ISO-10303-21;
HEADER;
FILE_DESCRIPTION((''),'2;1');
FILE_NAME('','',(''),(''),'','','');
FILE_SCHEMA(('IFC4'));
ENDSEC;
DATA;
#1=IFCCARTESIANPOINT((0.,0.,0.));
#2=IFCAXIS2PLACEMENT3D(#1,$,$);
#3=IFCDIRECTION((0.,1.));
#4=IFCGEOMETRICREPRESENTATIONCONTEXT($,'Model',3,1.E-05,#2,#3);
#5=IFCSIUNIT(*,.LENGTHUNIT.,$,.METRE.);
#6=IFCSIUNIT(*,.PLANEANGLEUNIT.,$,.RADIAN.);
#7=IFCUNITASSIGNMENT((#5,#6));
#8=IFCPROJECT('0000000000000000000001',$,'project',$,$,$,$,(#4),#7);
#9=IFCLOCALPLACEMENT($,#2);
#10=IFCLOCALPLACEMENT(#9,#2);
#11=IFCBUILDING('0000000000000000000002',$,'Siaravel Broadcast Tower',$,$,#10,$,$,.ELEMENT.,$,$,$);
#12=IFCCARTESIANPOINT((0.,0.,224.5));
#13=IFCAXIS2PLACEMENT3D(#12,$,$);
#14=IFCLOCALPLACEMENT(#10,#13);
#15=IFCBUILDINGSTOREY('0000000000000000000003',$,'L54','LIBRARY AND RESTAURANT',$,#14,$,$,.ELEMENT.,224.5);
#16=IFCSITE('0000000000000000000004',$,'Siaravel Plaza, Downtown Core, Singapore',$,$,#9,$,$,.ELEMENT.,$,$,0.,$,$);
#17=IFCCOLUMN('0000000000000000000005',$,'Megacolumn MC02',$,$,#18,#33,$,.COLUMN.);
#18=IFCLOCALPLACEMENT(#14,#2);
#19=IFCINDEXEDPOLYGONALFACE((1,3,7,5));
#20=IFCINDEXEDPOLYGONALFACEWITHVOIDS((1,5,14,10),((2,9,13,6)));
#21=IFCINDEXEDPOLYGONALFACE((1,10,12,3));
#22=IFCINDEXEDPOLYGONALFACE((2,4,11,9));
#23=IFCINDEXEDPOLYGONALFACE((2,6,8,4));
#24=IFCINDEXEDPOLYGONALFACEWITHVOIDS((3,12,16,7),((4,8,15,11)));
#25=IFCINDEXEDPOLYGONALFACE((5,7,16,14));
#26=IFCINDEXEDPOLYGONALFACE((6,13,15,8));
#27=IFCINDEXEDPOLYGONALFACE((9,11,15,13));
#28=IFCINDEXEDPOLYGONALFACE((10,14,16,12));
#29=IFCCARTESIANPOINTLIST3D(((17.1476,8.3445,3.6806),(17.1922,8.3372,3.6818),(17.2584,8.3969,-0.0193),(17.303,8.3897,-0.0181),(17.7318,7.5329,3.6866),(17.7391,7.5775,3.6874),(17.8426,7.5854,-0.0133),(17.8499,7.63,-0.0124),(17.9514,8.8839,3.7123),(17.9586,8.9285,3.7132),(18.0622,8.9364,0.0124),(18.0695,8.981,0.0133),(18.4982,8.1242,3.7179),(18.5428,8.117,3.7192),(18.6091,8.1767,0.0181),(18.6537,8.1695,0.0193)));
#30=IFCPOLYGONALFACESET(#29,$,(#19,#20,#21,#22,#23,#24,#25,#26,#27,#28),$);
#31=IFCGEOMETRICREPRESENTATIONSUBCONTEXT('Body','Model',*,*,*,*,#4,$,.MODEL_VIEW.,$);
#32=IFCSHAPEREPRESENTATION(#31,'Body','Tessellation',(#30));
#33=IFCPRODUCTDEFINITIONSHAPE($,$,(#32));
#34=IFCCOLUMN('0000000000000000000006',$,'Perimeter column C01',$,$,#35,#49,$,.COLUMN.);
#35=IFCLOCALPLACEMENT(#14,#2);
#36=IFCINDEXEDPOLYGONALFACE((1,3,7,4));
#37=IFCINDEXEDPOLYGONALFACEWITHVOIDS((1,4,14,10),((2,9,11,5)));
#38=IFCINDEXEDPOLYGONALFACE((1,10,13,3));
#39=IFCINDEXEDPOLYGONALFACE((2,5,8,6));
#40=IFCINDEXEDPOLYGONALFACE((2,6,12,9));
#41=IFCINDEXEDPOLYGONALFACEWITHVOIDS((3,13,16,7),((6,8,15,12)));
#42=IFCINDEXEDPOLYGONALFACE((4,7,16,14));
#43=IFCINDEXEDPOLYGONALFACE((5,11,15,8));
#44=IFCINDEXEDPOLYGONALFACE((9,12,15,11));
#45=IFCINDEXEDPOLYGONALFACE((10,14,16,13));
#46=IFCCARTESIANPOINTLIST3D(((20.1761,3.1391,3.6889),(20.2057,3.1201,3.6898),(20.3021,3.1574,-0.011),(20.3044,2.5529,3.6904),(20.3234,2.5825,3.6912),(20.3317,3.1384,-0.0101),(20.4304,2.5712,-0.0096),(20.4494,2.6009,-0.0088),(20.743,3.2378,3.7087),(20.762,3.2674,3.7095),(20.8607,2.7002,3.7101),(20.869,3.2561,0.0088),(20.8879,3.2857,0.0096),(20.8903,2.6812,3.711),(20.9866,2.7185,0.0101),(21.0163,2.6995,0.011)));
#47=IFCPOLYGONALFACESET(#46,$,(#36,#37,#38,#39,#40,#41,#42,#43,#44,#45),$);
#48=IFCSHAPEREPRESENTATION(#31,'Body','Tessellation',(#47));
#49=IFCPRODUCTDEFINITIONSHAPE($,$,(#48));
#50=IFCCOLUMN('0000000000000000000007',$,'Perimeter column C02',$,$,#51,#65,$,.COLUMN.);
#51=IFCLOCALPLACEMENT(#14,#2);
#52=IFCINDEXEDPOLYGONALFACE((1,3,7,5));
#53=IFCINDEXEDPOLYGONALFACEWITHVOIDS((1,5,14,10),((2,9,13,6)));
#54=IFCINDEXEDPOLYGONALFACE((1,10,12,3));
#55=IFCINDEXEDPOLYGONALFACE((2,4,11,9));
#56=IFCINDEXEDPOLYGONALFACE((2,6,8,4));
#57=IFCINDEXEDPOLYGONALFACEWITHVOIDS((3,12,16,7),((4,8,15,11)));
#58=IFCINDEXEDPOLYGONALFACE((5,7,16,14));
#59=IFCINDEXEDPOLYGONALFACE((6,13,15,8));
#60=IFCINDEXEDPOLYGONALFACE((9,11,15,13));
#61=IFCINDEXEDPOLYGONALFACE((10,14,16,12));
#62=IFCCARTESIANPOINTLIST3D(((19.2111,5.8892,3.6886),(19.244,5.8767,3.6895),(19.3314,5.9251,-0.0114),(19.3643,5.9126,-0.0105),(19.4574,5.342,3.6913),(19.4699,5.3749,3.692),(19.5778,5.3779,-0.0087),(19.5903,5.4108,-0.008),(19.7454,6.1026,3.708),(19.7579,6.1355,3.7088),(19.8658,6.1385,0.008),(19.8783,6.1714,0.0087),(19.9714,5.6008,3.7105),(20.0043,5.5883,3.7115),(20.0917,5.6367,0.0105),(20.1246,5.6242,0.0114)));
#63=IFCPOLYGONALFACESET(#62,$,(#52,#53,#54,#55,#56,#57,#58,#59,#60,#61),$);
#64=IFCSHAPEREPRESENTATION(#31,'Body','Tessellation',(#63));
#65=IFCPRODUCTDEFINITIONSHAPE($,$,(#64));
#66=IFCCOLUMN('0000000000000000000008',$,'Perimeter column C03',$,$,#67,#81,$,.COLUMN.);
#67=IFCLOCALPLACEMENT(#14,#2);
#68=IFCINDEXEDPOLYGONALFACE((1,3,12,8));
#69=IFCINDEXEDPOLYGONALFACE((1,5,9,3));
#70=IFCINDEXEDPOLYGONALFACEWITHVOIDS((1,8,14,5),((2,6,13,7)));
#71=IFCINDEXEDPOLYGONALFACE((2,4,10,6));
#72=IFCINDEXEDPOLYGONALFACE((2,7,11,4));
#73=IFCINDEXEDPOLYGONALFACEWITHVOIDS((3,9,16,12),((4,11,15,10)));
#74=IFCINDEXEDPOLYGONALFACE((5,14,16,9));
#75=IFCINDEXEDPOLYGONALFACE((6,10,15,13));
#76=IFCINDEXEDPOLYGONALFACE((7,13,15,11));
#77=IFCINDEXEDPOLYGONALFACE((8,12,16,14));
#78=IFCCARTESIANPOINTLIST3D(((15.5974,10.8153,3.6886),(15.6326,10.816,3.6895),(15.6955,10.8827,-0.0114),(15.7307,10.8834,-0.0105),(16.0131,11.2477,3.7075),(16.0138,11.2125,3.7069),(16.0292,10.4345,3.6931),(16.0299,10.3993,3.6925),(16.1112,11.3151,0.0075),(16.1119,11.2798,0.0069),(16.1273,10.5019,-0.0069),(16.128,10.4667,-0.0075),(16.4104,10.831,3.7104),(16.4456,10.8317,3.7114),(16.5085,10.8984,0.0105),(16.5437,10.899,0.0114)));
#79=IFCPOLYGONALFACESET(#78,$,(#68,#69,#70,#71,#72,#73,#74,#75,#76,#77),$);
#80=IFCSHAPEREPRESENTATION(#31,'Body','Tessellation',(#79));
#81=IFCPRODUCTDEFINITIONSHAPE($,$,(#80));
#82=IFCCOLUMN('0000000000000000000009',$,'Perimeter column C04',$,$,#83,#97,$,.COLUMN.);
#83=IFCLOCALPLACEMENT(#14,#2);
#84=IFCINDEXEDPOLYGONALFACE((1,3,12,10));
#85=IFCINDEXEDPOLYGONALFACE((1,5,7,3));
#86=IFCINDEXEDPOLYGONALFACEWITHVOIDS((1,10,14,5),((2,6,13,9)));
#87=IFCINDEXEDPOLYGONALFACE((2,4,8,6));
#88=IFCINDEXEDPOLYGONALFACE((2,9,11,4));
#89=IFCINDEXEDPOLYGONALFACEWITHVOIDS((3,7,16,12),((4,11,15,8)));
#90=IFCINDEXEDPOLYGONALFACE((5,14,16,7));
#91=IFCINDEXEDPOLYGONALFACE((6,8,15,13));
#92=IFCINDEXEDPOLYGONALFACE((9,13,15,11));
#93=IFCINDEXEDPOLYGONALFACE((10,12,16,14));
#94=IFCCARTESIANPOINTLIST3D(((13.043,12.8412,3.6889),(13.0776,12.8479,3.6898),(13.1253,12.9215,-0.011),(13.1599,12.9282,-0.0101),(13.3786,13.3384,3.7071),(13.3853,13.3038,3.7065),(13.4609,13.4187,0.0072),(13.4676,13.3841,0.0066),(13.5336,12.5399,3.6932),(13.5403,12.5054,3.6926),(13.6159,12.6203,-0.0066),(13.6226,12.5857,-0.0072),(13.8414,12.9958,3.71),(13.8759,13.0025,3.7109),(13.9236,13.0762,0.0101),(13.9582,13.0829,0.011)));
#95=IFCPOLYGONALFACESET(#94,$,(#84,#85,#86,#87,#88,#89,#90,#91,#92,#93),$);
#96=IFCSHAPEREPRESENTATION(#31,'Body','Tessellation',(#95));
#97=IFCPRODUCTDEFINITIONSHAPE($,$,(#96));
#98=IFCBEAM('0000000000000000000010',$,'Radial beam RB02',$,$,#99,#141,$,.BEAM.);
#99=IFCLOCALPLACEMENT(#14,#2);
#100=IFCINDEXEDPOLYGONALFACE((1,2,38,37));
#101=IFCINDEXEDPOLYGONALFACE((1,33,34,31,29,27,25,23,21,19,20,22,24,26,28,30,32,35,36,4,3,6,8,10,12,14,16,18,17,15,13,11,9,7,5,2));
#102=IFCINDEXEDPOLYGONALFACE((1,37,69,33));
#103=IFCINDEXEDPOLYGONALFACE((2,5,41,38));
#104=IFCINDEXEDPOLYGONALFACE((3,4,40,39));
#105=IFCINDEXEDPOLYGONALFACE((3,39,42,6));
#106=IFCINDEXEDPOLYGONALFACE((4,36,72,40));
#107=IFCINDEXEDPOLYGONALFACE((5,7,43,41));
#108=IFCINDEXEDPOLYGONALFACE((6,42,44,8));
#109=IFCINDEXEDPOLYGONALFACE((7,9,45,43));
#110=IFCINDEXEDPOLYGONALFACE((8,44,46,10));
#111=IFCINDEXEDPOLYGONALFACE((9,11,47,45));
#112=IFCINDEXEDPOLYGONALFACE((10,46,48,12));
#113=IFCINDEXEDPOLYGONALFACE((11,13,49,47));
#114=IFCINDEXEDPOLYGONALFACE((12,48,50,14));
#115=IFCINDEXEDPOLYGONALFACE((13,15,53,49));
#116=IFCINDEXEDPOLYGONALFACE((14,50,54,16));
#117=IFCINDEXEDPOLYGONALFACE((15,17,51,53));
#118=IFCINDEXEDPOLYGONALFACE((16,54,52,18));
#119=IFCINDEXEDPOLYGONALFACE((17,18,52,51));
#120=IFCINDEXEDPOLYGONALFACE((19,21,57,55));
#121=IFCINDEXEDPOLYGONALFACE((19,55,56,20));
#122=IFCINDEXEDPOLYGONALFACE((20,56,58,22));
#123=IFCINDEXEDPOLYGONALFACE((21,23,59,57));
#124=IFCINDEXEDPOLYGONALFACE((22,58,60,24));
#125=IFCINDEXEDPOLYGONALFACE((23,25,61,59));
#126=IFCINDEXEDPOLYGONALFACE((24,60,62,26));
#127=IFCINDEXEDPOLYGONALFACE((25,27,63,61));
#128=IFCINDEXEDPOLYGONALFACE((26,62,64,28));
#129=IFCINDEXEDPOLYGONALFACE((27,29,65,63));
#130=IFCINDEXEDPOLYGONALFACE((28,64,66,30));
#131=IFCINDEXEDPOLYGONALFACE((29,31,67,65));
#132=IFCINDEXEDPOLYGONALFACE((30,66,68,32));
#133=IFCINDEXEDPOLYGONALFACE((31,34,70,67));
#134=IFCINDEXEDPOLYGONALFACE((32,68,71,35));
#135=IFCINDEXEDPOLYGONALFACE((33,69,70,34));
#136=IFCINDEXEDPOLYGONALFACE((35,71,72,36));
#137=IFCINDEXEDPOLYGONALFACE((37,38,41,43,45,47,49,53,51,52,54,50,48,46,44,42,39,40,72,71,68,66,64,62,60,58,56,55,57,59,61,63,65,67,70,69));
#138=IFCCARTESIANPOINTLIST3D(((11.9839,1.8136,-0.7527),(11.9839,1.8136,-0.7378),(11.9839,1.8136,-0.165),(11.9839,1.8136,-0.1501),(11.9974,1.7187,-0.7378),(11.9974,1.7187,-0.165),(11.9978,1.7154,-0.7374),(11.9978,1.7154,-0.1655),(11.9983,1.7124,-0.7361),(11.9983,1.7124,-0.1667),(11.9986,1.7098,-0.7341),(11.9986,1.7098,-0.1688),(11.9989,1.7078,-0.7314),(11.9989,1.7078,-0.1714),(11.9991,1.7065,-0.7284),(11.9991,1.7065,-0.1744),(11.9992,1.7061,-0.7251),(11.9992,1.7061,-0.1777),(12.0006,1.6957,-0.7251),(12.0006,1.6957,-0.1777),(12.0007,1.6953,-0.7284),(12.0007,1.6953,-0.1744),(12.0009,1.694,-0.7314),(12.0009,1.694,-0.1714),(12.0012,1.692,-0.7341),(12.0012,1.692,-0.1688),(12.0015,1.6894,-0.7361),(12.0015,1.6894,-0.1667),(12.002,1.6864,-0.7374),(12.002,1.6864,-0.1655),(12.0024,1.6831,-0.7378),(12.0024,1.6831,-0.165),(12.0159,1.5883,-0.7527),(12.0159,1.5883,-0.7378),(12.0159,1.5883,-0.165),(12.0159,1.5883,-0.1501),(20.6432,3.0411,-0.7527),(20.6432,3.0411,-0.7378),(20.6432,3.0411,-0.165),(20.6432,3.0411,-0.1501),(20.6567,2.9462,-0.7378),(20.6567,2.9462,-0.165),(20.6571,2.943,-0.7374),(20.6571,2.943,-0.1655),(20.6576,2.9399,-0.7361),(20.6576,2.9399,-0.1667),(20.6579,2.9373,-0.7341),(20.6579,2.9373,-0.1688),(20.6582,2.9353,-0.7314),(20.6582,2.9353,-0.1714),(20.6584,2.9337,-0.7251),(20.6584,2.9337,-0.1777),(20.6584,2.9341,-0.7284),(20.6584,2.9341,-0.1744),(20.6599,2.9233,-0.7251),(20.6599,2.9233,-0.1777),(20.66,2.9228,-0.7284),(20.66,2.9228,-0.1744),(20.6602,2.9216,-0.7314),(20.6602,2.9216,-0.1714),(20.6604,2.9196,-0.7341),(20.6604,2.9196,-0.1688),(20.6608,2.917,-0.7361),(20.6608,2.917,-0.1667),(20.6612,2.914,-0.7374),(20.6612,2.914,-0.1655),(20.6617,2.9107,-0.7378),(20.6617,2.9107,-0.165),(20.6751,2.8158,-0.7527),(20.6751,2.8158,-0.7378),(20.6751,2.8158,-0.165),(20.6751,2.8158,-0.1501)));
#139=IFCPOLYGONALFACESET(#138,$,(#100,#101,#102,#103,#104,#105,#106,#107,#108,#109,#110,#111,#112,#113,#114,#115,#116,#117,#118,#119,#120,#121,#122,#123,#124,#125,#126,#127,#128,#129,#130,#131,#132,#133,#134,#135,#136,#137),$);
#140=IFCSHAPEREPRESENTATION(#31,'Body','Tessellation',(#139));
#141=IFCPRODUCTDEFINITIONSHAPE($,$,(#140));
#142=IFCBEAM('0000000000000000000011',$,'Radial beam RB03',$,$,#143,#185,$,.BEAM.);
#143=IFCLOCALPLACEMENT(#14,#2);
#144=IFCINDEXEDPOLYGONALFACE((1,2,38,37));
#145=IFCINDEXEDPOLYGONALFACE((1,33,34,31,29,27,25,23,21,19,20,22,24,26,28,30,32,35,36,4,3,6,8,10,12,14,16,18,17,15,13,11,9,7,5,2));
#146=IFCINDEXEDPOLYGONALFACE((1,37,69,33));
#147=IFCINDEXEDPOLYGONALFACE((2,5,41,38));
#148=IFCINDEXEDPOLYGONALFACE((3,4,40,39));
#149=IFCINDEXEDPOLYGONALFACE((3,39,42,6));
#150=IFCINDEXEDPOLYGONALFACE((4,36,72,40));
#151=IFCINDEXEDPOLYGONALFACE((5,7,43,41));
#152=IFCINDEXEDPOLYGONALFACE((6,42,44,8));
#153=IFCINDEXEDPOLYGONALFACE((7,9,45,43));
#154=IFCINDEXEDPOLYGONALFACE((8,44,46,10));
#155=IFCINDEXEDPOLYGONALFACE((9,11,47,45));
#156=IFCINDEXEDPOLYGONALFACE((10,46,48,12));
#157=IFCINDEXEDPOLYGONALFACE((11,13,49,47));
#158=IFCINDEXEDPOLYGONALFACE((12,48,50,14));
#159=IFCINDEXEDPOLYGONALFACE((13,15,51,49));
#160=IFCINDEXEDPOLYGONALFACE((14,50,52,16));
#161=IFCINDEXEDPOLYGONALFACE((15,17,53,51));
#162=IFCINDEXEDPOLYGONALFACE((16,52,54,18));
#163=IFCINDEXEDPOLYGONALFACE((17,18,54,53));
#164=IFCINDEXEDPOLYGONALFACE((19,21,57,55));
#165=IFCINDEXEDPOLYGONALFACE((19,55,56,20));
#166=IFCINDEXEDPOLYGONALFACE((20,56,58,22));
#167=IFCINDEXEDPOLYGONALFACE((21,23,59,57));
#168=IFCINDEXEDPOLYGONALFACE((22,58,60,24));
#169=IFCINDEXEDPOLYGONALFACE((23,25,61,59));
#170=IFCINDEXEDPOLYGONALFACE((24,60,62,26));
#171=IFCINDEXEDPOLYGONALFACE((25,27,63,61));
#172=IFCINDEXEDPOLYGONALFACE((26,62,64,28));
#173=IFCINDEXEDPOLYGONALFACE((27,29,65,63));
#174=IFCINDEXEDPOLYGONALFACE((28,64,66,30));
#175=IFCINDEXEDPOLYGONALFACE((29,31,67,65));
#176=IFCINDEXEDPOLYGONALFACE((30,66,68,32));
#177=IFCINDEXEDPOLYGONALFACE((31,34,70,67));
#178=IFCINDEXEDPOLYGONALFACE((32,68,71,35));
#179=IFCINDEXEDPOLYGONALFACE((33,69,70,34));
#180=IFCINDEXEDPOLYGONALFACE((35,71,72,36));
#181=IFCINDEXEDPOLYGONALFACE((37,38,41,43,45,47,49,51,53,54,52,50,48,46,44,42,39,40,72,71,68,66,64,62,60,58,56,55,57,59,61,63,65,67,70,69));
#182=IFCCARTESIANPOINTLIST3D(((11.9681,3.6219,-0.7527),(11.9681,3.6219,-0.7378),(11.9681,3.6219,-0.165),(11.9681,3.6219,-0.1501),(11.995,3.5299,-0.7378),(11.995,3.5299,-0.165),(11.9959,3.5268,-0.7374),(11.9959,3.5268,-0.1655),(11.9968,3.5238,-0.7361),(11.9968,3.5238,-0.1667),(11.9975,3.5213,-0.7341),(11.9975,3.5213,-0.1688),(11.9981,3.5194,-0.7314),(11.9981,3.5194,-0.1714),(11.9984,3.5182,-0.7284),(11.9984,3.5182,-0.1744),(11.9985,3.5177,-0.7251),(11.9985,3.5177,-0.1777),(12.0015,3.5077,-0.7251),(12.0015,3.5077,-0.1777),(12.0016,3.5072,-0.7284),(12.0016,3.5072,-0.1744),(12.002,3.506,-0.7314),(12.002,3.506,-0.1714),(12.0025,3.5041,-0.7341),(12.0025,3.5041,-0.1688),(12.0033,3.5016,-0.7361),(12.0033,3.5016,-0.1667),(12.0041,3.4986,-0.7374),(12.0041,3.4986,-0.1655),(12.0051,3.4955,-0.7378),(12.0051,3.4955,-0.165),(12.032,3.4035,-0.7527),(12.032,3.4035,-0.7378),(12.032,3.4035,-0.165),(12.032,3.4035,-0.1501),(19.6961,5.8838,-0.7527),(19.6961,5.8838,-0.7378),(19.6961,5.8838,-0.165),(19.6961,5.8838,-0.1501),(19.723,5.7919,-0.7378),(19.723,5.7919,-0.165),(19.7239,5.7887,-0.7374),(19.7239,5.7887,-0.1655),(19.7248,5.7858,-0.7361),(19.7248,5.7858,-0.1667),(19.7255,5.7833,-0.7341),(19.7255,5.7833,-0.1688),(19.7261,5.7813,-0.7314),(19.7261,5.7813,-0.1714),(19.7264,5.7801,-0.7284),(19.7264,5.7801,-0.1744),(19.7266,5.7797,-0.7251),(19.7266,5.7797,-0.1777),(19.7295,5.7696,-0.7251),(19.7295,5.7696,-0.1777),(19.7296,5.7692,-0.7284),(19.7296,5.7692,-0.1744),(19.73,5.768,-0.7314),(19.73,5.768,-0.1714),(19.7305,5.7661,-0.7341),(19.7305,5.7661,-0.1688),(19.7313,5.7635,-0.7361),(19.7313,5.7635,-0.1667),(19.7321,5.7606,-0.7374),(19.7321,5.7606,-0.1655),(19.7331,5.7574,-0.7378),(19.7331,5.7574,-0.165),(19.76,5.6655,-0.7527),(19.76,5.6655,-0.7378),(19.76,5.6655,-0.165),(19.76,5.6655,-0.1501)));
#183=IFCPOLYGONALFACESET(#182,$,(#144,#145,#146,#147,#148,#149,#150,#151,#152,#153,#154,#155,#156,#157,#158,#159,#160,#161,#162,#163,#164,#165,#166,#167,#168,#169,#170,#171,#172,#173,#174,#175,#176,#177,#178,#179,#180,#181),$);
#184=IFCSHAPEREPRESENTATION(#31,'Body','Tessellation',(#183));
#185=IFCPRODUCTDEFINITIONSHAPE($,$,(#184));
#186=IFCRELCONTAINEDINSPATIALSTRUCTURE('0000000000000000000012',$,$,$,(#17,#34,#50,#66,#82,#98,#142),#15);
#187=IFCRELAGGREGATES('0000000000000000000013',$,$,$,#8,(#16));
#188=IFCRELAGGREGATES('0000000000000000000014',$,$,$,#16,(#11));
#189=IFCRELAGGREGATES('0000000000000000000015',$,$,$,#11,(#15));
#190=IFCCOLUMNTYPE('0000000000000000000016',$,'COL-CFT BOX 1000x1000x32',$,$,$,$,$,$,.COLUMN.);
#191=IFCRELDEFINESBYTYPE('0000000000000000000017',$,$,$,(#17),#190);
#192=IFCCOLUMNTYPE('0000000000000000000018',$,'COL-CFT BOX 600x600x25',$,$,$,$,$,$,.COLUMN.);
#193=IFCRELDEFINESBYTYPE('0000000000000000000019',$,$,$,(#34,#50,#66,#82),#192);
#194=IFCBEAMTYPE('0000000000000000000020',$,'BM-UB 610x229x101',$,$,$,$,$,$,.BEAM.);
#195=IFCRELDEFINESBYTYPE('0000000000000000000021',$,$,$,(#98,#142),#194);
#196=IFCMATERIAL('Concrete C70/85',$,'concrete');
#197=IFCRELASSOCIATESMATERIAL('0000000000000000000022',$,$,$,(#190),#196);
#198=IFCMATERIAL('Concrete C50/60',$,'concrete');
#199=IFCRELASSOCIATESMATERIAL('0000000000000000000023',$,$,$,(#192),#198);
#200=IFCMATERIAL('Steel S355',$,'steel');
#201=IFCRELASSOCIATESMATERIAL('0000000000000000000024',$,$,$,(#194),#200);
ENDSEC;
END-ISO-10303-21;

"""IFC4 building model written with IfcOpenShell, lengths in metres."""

from ifc_helpers import new_model, si_unit, direction, frame, origin, origin_2d, place, context, subcontext, project, spatial, hollow_rectangle, i_section, extrude, material, material_profile, profile_set, type_object, element, save


model = new_model("IFC4")

# Units and contexts
model_context = context("Model", 3, precision=1e-05, world=origin(), true_north=direction((0.0, 1.0)))
body_context = subcontext(model_context, "Body", "Model", "MODEL_VIEW")
ifc_project = project(units=[si_unit("LENGTHUNIT", "METRE"), si_unit("PLANEANGLEUNIT", "RADIAN")], contexts=[model_context])

# Site, building, storey
site_placement = place(None, origin())
site = spatial("IfcSite", under=ifc_project, at=site_placement, Name="Siaravel Plaza, Downtown Core, Singapore", CompositionType="ELEMENT", RefElevation=0.0)
building_placement = place(site_placement, origin())
building = spatial("IfcBuilding", under=site, at=building_placement, Name="Siaravel Broadcast Tower", CompositionType="ELEMENT")
storey_placement = place(building_placement, frame((0.0, 0.0, 224.5)))
storey = spatial("IfcBuildingStorey", under=building, at=storey_placement, Name="L54", Description="LIBRARY AND RESTAURANT", CompositionType="ELEMENT", Elevation=224.5)

# Columns
ifc_material_1 = material(Name="Concrete C70/85", Category="concrete")
ifc_material_profile_1 = material_profile(ifc_material_1, hollow_rectangle(XDim=1.0, YDim=1.0, WallThickness=0.032, at=origin_2d()))
ifc_profile_set_1 = profile_set([ifc_material_profile_1], Name="Concrete C70/85")
column_type_1 = type_object("IfcColumnType", Name="COL-CFT BOX 1000x1000x32", PredefinedType="COLUMN", material=ifc_profile_set_1)
column_1_placement = place(storey_placement, frame((17.9561, 8.2832, 0.0), z_axis=(-0.029941, -0.014179, 0.999451), x_axis=(0.584227, -0.811568, 0.005988)))
element("IfcColumn", 1, at=column_1_placement, inside=storey, type_object=column_type_1, Name="Megacolumn MC02", PredefinedType="COLUMN", context=body_context, shape_type="SweptSolid", body=[
    extrude(hollow_rectangle(XDim=1.0, YDim=1.0, WallThickness=0.032, at=origin_2d()), origin(), (0.0, 0.0, 1.0), 3.7019),
])
ifc_material_2 = material(Name="Concrete C50/60", Category="concrete")
ifc_material_profile_2 = material_profile(ifc_material_2, hollow_rectangle(XDim=0.6001, YDim=0.6001, WallThickness=0.0249, at=origin_2d()))
ifc_profile_set_2 = profile_set([ifc_material_profile_2], Name="Concrete C50/60")
column_type_2 = type_object("IfcColumnType", Name="COL-CFT BOX 600x600x25", PredefinedType="COLUMN", material=ifc_profile_set_2)
for number, where, z_axis, x_axis, name in (
    (2, (20.6592, 2.9285, 0.0), (-0.034028, -0.004946, 0.999409), (0.213841, -0.976865, 0.002447), "Perimeter column C01"),
    (3, (19.728, 5.7747, 0.0), (-0.032512, -0.009694, 0.999424), (0.41057, -0.911818, 0.004512), "Perimeter column C02"),
):
    element("IfcColumn", number, at=place(storey_placement, frame(where, z_axis=z_axis, x_axis=x_axis)), inside=storey, type_object=column_type_2, Name=name, PredefinedType="COLUMN", context=body_context, shape_type="SweptSolid", body=[
        extrude(hollow_rectangle(XDim=0.6001, YDim=0.6001, WallThickness=0.0249, at=origin_2d()), origin(), (0.0, 0.0, 1.0), 3.7021),
    ])
column_2_placement = place(storey_placement, frame((16.1196, 10.8909, 0.0), z_axis=(-0.026512, -0.018202, 0.999483), x_axis=(0.720685, -0.693232, 0.006492)))
element("IfcColumn", 4, at=column_2_placement, inside=storey, type_object=column_type_2, Name="Perimeter column C03", PredefinedType="COLUMN", context=body_context, shape_type="SweptSolid", body=[
    extrude(hollow_rectangle(XDim=0.6001, YDim=0.6001, WallThickness=0.0249, at=origin_2d()), origin(), (0.0, 0.0, 1.0), 3.7019),
])
column_3_placement = place(storey_placement, frame((13.5417, 13.0022, 0.0), z_axis=(-0.022226, -0.021699, 0.999517), x_axis=(0.828722, -0.559626, 0.006279)))
element("IfcColumn", 5, at=column_3_placement, inside=storey, type_object=column_type_2, Name="Perimeter column C04", PredefinedType="COLUMN", context=body_context, shape_type="SweptSolid", body=[
    extrude(hollow_rectangle(XDim=0.6001, YDim=0.6001, WallThickness=0.0249, at=origin_2d()), origin(), (0.0, 0.0, 1.0), 3.7017),
])

# Beams
ifc_material_3 = material(Name="Steel S355", Category="steel")
ifc_material_profile_3 = material_profile(ifc_material_3, i_section(OverallWidth=0.2275, OverallDepth=0.6025, WebThickness=0.0105, FlangeThickness=0.0149, FilletRadius=0.0127, at=origin_2d()))
ifc_profile_set_3 = profile_set([ifc_material_profile_3], Name="Steel S355")
beam_type = type_object("IfcBeamType", Name="BM-UB 610x229x101", PredefinedType="BEAM", material=ifc_profile_set_3)
beam_1_placement = place(storey_placement, frame((20.6592, 2.9285, -0.4514), z_axis=(-0.990101, -0.140358, 0.0), x_axis=(0.140358, -0.990101, 0.0)))
element("IfcBeam", 6, at=beam_1_placement, inside=storey, type_object=beam_type, Name="Radial beam RB02", PredefinedType="BEAM", context=body_context, shape_type="SweptSolid", body=[
    extrude(i_section(OverallWidth=0.2275, OverallDepth=0.6025, WebThickness=0.0105, FlangeThickness=0.0149, FilletRadius=0.0127, at=origin_2d()), origin(), (0.0, 0.0, 1.0), 8.7458),
])
beam_2_placement = place(storey_placement, frame((19.728, 5.7747, -0.4514), z_axis=(-0.959734, -0.28091, 0.0), x_axis=(0.28091, -0.959734, 0.0)))
element("IfcBeam", 7, at=beam_2_placement, inside=storey, type_object=beam_type, Name="Radial beam RB03", PredefinedType="BEAM", context=body_context, shape_type="SweptSolid", body=[
    extrude(i_section(OverallWidth=0.2275, OverallDepth=0.6025, WebThickness=0.0105, FlangeThickness=0.0149, FilletRadius=0.0127, at=origin_2d()), origin(), (0.0, 0.0, 1.0), 8.0522),
])

save(model, "model.ifc")
